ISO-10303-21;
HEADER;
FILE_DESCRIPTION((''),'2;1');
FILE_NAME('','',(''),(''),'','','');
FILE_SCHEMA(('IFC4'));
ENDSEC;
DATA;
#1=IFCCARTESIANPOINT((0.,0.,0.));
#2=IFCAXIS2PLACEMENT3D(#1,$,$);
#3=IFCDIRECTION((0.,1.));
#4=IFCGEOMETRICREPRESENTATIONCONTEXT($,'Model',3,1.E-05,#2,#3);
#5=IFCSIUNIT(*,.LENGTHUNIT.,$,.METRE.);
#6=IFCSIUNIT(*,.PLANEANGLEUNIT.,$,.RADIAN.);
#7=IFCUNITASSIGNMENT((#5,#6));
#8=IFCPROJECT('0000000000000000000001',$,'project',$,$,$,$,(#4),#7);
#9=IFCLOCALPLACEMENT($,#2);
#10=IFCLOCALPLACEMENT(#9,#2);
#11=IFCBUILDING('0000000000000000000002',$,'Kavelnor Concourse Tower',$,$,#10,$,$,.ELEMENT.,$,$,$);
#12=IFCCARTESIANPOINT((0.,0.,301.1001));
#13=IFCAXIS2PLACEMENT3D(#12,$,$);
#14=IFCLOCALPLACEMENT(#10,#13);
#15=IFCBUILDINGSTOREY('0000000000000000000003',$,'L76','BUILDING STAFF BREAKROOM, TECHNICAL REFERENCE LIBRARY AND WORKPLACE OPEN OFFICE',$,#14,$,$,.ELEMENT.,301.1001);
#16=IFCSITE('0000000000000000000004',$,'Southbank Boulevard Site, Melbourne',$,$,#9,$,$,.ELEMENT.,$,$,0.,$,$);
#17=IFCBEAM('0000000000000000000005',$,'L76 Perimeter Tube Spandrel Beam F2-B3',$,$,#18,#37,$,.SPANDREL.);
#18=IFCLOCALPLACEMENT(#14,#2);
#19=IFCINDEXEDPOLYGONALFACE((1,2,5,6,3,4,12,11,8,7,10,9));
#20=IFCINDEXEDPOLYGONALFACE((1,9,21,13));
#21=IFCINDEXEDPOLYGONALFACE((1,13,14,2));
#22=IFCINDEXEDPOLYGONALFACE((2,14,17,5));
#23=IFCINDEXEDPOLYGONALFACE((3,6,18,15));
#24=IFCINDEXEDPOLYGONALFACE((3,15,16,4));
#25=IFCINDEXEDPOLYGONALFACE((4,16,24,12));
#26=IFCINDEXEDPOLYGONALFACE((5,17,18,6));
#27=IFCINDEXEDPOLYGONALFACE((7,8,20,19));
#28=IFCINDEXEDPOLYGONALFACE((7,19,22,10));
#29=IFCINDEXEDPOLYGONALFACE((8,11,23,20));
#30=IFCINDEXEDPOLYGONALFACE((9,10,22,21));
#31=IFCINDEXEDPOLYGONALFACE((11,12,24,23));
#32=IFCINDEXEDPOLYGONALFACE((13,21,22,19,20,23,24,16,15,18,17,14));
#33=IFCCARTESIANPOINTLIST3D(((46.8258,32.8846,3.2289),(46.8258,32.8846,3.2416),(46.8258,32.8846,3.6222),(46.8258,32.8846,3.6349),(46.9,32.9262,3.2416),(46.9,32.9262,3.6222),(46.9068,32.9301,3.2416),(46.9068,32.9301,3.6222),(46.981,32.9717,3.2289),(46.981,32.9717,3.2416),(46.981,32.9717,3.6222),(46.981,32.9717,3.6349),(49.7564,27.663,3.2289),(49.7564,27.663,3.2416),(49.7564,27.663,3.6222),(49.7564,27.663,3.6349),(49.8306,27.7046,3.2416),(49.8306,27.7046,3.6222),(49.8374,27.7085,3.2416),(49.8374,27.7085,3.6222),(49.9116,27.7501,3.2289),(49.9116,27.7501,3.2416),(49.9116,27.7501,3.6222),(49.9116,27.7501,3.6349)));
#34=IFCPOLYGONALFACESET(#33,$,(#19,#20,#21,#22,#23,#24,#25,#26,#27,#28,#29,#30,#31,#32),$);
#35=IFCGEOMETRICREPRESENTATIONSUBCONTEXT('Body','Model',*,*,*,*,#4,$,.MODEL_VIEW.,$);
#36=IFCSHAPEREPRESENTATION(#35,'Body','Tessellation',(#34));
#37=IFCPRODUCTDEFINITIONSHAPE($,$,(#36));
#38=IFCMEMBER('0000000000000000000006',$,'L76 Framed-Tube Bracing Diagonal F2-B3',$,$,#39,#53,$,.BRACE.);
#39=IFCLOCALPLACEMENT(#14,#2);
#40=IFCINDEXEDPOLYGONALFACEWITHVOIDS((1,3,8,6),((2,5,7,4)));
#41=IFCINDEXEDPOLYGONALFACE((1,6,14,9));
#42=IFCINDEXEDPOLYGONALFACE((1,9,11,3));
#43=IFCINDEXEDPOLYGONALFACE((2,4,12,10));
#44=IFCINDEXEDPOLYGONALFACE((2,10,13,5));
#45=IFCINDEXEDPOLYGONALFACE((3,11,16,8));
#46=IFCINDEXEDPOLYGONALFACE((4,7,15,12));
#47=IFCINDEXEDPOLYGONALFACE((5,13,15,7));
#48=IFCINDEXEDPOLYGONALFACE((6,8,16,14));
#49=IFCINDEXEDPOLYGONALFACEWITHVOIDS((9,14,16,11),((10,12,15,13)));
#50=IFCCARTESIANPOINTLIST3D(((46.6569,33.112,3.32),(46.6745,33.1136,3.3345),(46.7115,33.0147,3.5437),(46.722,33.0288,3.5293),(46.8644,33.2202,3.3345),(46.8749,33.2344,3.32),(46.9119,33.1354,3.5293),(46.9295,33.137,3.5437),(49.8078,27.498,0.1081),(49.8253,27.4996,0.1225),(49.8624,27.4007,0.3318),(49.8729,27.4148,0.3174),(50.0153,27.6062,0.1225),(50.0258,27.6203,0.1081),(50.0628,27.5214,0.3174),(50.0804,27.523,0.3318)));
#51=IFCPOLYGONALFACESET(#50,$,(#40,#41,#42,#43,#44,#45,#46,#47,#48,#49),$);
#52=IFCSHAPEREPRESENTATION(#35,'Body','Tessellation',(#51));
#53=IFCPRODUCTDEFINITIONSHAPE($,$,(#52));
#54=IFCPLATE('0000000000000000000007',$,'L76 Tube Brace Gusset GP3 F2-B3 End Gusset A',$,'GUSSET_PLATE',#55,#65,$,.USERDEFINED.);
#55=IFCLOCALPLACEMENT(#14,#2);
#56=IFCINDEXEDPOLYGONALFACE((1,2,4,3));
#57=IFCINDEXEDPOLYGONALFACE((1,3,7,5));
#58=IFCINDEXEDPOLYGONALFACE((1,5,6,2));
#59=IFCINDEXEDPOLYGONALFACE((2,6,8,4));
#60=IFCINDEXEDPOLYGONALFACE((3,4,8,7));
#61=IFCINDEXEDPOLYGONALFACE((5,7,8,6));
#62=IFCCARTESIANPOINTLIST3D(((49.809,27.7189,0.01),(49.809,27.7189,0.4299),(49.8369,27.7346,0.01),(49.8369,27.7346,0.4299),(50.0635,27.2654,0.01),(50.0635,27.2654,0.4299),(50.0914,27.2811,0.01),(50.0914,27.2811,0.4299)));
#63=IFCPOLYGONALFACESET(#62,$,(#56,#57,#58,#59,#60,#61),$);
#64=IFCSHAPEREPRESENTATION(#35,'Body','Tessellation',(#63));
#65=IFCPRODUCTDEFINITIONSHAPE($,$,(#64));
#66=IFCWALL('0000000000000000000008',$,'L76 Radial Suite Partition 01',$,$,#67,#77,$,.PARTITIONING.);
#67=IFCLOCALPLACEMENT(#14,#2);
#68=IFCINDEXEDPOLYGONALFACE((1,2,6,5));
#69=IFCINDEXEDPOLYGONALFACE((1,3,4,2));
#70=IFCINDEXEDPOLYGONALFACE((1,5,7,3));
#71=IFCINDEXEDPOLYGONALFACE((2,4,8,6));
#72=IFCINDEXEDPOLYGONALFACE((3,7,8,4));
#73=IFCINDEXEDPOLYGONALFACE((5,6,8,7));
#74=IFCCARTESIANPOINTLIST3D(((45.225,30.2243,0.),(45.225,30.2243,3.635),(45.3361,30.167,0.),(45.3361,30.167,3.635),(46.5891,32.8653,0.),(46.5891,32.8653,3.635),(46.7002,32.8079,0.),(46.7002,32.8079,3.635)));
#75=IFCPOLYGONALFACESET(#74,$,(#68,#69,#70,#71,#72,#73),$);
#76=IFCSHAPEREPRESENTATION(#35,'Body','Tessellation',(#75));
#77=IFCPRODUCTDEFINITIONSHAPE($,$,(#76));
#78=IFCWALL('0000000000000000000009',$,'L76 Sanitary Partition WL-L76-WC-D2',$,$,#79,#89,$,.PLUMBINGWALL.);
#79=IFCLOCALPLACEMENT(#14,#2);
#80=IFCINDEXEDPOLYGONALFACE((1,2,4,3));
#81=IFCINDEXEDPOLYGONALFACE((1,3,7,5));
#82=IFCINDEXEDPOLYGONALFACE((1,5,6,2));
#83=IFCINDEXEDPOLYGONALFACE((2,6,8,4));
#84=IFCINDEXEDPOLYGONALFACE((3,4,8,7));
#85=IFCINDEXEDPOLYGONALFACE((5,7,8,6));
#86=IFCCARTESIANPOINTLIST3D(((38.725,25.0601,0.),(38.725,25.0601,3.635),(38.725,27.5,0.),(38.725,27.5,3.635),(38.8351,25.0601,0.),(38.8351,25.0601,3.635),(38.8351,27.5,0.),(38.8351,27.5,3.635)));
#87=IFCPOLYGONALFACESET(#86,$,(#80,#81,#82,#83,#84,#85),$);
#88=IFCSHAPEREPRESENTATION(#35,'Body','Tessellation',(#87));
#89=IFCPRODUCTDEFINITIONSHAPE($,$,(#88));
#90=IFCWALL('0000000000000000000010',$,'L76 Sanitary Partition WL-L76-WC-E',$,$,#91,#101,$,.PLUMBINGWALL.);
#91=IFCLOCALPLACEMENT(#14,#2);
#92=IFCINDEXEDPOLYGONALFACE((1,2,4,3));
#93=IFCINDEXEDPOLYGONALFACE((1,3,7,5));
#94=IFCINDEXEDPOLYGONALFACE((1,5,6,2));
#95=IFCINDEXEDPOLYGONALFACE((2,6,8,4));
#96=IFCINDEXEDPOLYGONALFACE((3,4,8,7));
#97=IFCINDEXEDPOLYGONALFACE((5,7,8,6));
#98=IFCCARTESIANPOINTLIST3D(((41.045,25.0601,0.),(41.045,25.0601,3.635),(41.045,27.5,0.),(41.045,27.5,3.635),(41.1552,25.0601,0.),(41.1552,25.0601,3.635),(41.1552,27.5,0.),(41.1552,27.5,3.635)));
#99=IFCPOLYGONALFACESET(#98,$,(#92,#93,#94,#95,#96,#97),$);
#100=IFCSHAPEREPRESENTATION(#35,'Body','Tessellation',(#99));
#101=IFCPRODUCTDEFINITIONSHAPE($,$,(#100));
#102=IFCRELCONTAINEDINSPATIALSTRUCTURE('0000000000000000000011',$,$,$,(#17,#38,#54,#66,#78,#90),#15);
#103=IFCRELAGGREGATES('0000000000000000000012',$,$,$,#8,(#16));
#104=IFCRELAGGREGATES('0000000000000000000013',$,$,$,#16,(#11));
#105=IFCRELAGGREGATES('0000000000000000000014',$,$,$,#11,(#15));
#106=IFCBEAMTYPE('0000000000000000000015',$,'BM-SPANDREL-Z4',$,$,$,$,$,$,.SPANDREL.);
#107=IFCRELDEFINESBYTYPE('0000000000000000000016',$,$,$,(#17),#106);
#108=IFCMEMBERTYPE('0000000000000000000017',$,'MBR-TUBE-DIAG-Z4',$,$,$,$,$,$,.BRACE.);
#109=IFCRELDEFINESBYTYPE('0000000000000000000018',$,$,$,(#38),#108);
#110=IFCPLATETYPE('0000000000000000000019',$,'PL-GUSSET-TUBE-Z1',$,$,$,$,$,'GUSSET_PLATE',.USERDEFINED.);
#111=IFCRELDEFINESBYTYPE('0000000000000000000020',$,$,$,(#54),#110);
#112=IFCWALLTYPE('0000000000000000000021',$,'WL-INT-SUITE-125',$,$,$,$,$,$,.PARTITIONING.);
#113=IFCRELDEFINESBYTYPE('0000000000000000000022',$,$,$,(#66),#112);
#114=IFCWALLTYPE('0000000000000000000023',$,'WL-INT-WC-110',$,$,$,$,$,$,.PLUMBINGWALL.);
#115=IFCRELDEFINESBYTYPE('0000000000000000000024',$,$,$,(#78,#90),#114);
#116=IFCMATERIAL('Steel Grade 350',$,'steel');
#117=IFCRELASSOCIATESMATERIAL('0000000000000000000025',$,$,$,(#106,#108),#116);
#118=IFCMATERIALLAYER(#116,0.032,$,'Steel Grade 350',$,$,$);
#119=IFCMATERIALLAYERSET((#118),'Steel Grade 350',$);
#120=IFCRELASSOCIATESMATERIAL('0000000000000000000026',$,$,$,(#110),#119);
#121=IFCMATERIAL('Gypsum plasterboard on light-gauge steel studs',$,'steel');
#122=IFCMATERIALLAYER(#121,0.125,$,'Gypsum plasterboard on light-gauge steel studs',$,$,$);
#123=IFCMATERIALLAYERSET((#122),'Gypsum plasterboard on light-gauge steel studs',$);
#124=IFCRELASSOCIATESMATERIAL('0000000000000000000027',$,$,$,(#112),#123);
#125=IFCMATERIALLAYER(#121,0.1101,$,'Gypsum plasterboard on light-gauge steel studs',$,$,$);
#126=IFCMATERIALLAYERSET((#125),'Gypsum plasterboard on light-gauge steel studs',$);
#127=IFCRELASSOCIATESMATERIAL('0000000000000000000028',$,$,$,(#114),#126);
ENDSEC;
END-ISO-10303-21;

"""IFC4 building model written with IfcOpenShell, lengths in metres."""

from ifc_helpers import new_model, si_unit, direction, frame, frame_2d, origin, origin_2d, place, context, subcontext, project, spatial, rectangle, hollow_rectangle, i_section, extrude, material, layer, layer_set, material_profile, profile_set, type_object, element, save


model = new_model("IFC4")

# Units and contexts
model_context = context("Model", 3, precision=1e-05, world=origin(), true_north=direction((0.0, 1.0)))
body_context = subcontext(model_context, "Body", "Model", "MODEL_VIEW")
ifc_project = project(units=[si_unit("LENGTHUNIT", "METRE"), si_unit("PLANEANGLEUNIT", "RADIAN")], contexts=[model_context])

# Site, building, storey
site_placement = place(None, origin())
site = spatial("IfcSite", under=ifc_project, at=site_placement, Name="Southbank Boulevard Site, Melbourne", CompositionType="ELEMENT", RefElevation=0.0)
building_placement = place(site_placement, origin())
building = spatial("IfcBuilding", under=site, at=building_placement, Name="Kavelnor Concourse Tower", CompositionType="ELEMENT")
storey_placement = place(building_placement, frame((0.0, 0.0, 301.1001)))
storey = spatial("IfcBuildingStorey", under=building, at=storey_placement, Name="L76", Description="BUILDING STAFF BREAKROOM, TECHNICAL REFERENCE LIBRARY AND WORKPLACE OPEN OFFICE", CompositionType="ELEMENT", Elevation=301.1001)

# Shared definitions
ifc_material_1 = material(Name="Steel Grade 350", Category="steel")

# Beam
ifc_material_profile_1 = material_profile(ifc_material_1, i_section(OverallWidth=0.178, OverallDepth=0.406, WebThickness=0.0078, FlangeThickness=0.0127, at=origin_2d()), Name="410UB59")
ifc_profile_set_1 = profile_set([ifc_material_profile_1], Name="Steel Grade 350")
beam_type_1 = type_object("IfcBeamType", Name="BM-SPANDREL-Z4", PredefinedType="SPANDREL", material=ifc_profile_set_1)
beam_1_placement = place(storey_placement, frame((49.834, 27.7065, 3.4319), z_axis=(-0.489433, 0.872041, 0.0), x_axis=(-0.872041, -0.489433, 0.0)))
element("IfcBeam", 1, at=beam_1_placement, inside=storey, type_object=beam_type_1, Name="L76 Perimeter Tube Spandrel Beam F2-B3", PredefinedType="SPANDREL", context=body_context, shape_type="SweptSolid", body=[
    extrude(i_section(OverallWidth=0.178, OverallDepth=0.406, WebThickness=0.0078, FlangeThickness=0.0127, at=origin_2d()), origin(), (0.0, 0.0, 1.0), 5.9878),
])

# Member
ifc_material_profile_2 = material_profile(ifc_material_1, hollow_rectangle(XDim=0.25, YDim=0.25, WallThickness=0.0161, at=origin_2d()), Name="SHS 250x250x16")
ifc_profile_set_2 = profile_set([ifc_material_profile_2], Name="Steel Grade 350")
member_type = type_object("IfcMemberType", Name="MBR-TUBE-DIAG-Z4", PredefinedType="BRACE", material=ifc_profile_set_2)
member_placement = place(storey_placement, frame((49.9441, 27.5105, 0.22), z_axis=(-0.437953, 0.780315, 0.446437), x_axis=(-0.87204, -0.489435, 0.0)))
element("IfcMember", 2, at=member_placement, inside=storey, type_object=member_type, Name="L76 Framed-Tube Bracing Diagonal F2-B3", PredefinedType="BRACE", context=body_context, shape_type="SweptSolid", body=[
    extrude(hollow_rectangle(XDim=0.25, YDim=0.25, WallThickness=0.0161, at=origin_2d()), origin(), (0.0, 0.0, 1.0), 7.1946),
])

# Plate
ifc_layer_1 = layer(ifc_material_1, 0.032, Name="Steel Grade 350")
ifc_layer_set_1 = layer_set([ifc_layer_1], Name="Steel Grade 350")
plate_type = type_object("IfcPlateType", Name="PL-GUSSET-TUBE-Z1", ElementType="GUSSET_PLATE", PredefinedType="USERDEFINED", material=ifc_layer_set_1)
plate_placement = place(storey_placement, frame((49.9502, 27.5, 0.01), z_axis=(0.0, 0.0, 1.0), x_axis=(-0.489382, 0.872069, 0.0)))
element("IfcPlate", 3, at=plate_placement, inside=storey, type_object=plate_type, Name="L76 Tube Brace Gusset GP3 F2-B3 End Gusset A", ObjectType="GUSSET_PLATE", PredefinedType="USERDEFINED", context=body_context, shape_type="SweptSolid", body=[
    extrude(rectangle(XDim=0.52, YDim=0.032, at=origin_2d()), origin(), (0.0, 0.0, 1.0), 0.4199),
])

# Walls
ifc_material_2 = material(Name="Gypsum plasterboard on light-gauge steel studs", Category="steel")
ifc_layer_2 = layer(ifc_material_2, 0.125, Name="Gypsum plasterboard on light-gauge steel studs")
ifc_layer_set_2 = layer_set([ifc_layer_2], Name="Gypsum plasterboard on light-gauge steel studs")
wall_type_1 = type_object("IfcWallType", Name="WL-INT-SUITE-125", PredefinedType="PARTITIONING", material=ifc_layer_set_2)
wall_placement = place(storey_placement, frame((45.2805, 30.1956, 0.0), z_axis=(0.0, 0.0, 1.0), x_axis=(0.458904, 0.888486, 0.0)))
element("IfcWall", 4, at=wall_placement, inside=storey, type_object=wall_type_1, Name="L76 Radial Suite Partition 01", PredefinedType="PARTITIONING", context=body_context, shape_type="SweptSolid", body=[
    extrude(rectangle(XDim=2.9724, YDim=0.125, at=frame_2d((1.4863, 0.0))), origin(), (0.0, 0.0, 1.0), 3.635),
])
ifc_layer_3 = layer(ifc_material_2, 0.1101, Name="Gypsum plasterboard on light-gauge steel studs")
ifc_layer_set_3 = layer_set([ifc_layer_3], Name="Gypsum plasterboard on light-gauge steel studs")
wall_type_2 = type_object("IfcWallType", Name="WL-INT-WC-110", PredefinedType="PLUMBINGWALL", material=ifc_layer_set_3)
for number, where, z_axis, x_axis, name in (
    (5, (38.78, 25.0601, 0.0), (0.0, 0.0, 1.0), (0.0, 1.0, 0.0), "L76 Sanitary Partition WL-L76-WC-D2"),
    (6, (41.1001, 25.0601, 0.0), (0.0, 0.0, 1.0), (0.0, 1.0, 0.0), "L76 Sanitary Partition WL-L76-WC-E"),
):
    element("IfcWall", number, at=place(storey_placement, frame(where, z_axis=z_axis, x_axis=x_axis)), inside=storey, type_object=wall_type_2, Name=name, PredefinedType="PLUMBINGWALL", context=body_context, shape_type="SweptSolid", body=[
        extrude(rectangle(XDim=2.4399, YDim=0.1101, at=frame_2d((1.22, 0.0))), origin(), (0.0, 0.0, 1.0), 3.635),
    ])

save(model, "model.ifc")
